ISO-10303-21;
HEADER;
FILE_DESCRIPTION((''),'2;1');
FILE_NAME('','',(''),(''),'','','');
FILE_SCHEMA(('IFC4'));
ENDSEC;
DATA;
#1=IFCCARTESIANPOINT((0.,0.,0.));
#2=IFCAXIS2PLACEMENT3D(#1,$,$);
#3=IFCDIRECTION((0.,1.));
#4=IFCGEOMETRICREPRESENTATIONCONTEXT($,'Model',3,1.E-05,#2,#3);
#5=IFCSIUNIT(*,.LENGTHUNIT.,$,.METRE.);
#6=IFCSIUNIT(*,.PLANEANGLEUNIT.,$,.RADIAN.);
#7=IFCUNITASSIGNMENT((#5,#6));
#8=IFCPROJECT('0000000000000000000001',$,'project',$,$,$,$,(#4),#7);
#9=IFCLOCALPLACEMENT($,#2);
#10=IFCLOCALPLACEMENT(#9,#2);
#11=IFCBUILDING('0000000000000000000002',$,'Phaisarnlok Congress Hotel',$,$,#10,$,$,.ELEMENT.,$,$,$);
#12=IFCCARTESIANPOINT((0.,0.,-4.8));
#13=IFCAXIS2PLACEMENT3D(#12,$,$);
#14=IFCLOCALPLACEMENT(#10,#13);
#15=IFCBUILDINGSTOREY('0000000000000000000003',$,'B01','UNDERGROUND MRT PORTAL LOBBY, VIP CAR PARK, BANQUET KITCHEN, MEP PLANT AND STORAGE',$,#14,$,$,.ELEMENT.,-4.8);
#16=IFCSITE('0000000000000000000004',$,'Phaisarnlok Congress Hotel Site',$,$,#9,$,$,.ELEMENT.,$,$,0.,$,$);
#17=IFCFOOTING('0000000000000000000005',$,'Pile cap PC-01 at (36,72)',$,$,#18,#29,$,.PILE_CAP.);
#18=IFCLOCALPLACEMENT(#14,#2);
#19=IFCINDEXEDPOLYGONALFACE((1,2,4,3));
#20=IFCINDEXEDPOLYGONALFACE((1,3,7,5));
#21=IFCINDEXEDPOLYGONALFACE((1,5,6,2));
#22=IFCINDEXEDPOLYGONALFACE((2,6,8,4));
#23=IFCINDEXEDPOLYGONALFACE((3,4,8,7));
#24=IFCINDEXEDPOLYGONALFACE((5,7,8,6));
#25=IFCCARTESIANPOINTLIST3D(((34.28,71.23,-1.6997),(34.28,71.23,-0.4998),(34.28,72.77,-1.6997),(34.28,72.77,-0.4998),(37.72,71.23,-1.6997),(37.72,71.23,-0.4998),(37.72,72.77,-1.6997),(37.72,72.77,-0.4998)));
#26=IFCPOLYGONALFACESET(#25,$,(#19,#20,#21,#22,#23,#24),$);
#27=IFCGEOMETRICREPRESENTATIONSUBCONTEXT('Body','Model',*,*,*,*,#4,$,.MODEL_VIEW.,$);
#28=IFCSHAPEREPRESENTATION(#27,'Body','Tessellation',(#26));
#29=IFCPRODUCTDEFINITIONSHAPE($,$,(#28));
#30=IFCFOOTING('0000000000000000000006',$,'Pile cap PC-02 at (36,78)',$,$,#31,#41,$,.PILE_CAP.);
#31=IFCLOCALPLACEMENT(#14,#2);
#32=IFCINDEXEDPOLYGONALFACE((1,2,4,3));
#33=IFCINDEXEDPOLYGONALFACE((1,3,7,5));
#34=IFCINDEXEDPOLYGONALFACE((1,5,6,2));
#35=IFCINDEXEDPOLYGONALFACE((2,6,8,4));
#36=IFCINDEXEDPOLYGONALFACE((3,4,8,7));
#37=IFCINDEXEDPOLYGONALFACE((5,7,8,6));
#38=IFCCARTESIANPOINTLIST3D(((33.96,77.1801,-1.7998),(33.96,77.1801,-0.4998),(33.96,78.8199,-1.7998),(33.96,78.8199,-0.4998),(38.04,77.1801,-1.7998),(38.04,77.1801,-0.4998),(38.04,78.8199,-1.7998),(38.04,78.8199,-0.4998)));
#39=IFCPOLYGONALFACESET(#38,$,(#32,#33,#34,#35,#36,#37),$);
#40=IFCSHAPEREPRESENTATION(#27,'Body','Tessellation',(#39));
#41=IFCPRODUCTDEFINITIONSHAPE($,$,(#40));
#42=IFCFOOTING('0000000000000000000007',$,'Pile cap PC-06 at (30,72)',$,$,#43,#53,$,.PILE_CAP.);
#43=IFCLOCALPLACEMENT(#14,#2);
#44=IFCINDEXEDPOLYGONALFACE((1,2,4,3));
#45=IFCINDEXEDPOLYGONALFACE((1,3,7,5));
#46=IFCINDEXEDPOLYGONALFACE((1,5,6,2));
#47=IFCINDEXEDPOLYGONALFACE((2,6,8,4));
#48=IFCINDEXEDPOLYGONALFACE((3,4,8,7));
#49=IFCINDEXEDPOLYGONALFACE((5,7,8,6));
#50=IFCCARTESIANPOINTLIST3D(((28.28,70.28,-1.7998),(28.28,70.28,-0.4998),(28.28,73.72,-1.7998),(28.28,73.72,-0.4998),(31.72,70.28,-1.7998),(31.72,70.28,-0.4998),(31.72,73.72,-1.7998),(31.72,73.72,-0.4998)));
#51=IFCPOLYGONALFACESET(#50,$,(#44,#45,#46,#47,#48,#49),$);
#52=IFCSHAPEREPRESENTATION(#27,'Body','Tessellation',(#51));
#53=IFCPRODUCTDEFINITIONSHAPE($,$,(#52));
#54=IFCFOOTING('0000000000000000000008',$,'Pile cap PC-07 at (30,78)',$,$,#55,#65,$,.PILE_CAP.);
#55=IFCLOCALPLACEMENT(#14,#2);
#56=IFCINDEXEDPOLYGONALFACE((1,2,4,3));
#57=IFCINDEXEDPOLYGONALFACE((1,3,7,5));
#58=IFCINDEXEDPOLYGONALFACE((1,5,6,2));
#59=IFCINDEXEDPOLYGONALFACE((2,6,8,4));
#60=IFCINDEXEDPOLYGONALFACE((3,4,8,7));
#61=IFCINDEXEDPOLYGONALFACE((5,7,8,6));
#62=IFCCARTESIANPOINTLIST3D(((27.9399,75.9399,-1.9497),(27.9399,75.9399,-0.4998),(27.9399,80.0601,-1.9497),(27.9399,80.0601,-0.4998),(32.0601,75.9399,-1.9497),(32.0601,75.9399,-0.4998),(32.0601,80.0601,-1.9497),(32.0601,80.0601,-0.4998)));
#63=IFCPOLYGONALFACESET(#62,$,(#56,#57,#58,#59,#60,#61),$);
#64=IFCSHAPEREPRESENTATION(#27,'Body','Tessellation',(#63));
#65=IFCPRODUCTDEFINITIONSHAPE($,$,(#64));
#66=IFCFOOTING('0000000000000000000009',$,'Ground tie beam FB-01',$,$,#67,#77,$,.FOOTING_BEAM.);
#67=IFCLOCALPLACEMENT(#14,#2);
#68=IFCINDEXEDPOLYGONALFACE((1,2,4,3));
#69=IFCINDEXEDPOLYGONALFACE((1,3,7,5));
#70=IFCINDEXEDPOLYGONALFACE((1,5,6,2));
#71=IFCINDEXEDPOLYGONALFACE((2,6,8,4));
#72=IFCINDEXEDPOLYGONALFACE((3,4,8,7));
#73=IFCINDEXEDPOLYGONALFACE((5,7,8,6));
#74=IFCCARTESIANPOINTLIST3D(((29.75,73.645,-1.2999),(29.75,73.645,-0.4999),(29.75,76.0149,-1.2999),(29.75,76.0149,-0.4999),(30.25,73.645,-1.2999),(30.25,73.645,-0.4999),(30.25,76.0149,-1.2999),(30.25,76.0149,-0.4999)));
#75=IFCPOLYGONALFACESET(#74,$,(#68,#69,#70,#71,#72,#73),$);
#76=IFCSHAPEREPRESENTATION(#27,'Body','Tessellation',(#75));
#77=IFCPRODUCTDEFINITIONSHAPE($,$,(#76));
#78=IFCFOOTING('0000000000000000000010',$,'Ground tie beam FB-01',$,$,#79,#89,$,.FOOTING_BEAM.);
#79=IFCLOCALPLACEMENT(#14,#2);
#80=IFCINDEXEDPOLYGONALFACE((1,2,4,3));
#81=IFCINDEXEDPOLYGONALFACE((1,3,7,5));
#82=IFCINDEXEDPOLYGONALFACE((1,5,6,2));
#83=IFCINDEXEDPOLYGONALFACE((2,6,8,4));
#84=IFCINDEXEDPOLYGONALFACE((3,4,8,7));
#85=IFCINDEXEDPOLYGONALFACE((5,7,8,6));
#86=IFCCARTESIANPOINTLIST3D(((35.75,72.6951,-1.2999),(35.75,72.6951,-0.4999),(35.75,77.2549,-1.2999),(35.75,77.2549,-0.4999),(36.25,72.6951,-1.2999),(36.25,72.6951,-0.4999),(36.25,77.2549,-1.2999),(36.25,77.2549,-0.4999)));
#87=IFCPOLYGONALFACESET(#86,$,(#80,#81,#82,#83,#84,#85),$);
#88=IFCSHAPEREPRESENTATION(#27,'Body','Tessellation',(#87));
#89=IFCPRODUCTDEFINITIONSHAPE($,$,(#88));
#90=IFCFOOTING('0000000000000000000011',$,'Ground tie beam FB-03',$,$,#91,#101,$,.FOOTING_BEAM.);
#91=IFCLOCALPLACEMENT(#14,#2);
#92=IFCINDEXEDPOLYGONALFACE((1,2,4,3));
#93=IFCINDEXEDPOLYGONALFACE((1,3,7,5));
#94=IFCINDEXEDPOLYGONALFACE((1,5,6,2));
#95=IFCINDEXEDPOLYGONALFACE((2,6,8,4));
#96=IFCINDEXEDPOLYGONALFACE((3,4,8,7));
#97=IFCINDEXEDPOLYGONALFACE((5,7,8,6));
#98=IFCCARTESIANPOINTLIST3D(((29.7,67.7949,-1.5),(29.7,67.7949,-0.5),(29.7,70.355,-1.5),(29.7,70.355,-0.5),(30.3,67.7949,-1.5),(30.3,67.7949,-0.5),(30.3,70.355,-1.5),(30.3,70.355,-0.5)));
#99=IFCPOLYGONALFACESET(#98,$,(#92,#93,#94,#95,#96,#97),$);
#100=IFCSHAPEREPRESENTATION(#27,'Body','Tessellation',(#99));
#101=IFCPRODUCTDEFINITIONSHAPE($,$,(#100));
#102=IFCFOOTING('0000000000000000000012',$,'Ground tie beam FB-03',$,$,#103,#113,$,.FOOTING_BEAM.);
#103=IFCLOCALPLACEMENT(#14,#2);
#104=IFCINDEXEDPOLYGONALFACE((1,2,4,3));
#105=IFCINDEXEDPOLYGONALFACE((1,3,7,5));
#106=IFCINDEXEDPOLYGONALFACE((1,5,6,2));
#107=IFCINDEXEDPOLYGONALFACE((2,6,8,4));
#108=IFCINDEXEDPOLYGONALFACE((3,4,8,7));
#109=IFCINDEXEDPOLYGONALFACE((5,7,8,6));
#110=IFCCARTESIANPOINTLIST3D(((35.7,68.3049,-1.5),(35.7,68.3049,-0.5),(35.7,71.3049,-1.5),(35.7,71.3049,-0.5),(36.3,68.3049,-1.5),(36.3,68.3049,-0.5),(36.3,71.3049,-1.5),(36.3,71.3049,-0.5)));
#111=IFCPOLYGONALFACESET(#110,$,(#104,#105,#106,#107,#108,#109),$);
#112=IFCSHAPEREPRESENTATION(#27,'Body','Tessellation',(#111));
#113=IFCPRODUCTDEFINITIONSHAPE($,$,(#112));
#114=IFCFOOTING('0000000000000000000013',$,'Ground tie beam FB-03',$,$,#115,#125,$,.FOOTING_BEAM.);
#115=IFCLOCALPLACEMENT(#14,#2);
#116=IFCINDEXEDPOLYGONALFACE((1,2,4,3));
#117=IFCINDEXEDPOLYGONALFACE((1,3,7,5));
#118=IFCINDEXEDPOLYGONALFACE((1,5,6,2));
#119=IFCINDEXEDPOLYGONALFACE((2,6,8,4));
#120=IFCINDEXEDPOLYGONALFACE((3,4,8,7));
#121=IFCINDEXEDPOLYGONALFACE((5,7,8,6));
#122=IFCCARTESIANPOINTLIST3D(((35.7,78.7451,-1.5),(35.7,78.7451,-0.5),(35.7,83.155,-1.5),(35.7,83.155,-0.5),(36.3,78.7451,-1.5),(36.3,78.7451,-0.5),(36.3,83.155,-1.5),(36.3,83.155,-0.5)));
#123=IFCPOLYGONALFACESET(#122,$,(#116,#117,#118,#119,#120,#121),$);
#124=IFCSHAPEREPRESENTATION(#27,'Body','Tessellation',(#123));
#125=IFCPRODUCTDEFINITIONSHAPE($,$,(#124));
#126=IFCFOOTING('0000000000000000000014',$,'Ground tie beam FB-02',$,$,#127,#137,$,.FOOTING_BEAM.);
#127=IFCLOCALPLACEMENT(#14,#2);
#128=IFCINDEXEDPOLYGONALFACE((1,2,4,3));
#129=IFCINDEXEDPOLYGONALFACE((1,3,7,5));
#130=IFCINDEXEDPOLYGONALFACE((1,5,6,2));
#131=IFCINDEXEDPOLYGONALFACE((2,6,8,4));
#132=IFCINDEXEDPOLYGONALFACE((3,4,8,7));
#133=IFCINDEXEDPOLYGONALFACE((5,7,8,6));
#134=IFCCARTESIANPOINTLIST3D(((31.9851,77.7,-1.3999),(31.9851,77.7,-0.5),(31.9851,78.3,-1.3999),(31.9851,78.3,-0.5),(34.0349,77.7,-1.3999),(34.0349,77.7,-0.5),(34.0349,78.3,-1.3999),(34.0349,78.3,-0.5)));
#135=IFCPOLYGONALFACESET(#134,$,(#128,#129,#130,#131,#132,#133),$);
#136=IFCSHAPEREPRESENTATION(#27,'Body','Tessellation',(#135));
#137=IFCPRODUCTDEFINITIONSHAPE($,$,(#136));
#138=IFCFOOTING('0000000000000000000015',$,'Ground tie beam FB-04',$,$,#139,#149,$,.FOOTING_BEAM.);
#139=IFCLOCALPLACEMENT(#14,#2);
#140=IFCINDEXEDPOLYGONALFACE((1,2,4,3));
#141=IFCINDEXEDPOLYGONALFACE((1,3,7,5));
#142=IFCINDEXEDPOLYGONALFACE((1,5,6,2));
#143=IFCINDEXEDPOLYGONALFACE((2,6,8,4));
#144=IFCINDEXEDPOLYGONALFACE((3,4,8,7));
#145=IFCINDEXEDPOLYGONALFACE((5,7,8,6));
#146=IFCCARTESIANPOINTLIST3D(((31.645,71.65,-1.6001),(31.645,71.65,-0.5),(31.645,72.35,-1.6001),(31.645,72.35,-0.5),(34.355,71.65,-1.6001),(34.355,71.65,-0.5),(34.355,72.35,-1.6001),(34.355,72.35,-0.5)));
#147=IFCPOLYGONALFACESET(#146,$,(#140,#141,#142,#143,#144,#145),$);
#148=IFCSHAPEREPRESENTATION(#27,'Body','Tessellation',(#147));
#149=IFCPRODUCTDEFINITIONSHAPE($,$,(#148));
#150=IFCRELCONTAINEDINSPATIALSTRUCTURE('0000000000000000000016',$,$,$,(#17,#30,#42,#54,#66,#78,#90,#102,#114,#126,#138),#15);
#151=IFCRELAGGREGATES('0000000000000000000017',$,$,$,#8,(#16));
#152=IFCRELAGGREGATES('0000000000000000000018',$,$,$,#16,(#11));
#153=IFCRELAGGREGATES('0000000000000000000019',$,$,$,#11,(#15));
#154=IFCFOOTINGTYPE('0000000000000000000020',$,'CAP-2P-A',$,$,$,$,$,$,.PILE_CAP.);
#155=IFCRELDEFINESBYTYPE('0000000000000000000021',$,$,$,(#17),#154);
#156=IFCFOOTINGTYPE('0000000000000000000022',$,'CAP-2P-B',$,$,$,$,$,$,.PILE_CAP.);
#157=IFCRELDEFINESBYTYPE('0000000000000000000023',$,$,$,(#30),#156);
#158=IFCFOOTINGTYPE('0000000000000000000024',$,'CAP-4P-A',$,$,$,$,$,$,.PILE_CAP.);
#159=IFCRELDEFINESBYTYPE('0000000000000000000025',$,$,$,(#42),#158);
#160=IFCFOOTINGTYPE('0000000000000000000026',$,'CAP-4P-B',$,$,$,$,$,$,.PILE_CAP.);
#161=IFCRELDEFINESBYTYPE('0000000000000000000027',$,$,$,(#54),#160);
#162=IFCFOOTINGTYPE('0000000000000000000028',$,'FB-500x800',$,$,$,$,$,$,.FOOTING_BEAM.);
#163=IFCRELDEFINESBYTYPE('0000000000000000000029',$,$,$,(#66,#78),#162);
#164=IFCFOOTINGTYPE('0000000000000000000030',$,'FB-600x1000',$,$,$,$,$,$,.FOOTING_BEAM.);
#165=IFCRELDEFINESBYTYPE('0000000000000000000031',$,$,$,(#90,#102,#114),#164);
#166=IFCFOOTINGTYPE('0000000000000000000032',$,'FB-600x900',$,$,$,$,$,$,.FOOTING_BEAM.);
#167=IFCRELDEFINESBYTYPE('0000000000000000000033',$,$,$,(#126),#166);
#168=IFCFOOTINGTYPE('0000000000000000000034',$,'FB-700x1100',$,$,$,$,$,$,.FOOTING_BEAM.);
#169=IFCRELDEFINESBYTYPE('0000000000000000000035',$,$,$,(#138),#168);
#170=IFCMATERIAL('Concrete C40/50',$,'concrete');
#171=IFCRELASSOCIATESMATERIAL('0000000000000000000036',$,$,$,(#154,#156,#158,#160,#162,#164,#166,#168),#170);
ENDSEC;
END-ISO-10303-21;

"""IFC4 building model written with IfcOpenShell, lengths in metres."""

from ifc_helpers import new_model, si_unit, direction, frame, origin, origin_2d, place, context, subcontext, project, spatial, rectangle, extrude, material, material_profile, profile_set, type_object, element, save


model = new_model("IFC4")

# Units and contexts
model_context = context("Model", 3, precision=1e-05, world=origin(), true_north=direction((0.0, 1.0)))
body_context = subcontext(model_context, "Body", "Model", "MODEL_VIEW")
ifc_project = project(units=[si_unit("LENGTHUNIT", "METRE"), si_unit("PLANEANGLEUNIT", "RADIAN")], contexts=[model_context])

# Site, building, storey
site_placement = place(None, origin())
site = spatial("IfcSite", under=ifc_project, at=site_placement, Name="Phaisarnlok Congress Hotel Site", CompositionType="ELEMENT", RefElevation=0.0)
building_placement = place(site_placement, origin())
building = spatial("IfcBuilding", under=site, at=building_placement, Name="Phaisarnlok Congress Hotel", CompositionType="ELEMENT")
storey_placement = place(building_placement, frame((0.0, 0.0, -4.8)))
storey = spatial("IfcBuildingStorey", under=building, at=storey_placement, Name="B01", Description="UNDERGROUND MRT PORTAL LOBBY, VIP CAR PARK, BANQUET KITCHEN, MEP PLANT AND STORAGE", CompositionType="ELEMENT", Elevation=-4.8)

# Footings
ifc_material_1 = material(Name="Concrete C40/50", Category="concrete")
footing_type_1 = type_object("IfcFootingType", Name="CAP-2P-A", PredefinedType="PILE_CAP", material=ifc_material_1)
footing_1_placement = place(storey_placement, frame((36.0, 72.0, -1.6997), z_axis=(0.0, 0.0, 1.0), x_axis=(1.0, 0.0, 0.0)))
element("IfcFooting", 1, at=footing_1_placement, inside=storey, type_object=footing_type_1, Name="Pile cap PC-01 at (36,72)", PredefinedType="PILE_CAP", context=body_context, shape_type="SweptSolid", body=[
    extrude(rectangle(XDim=3.4399, YDim=1.54, at=origin_2d()), origin(), (0.0, 0.0, 1.0), 1.2),
])
footing_type_2 = type_object("IfcFootingType", Name="CAP-2P-B", PredefinedType="PILE_CAP", material=ifc_material_1)
footing_2_placement = place(storey_placement, frame((36.0, 78.0, -1.7998), z_axis=(0.0, 0.0, 1.0), x_axis=(1.0, 0.0, 0.0)))
element("IfcFooting", 2, at=footing_2_placement, inside=storey, type_object=footing_type_2, Name="Pile cap PC-02 at (36,78)", PredefinedType="PILE_CAP", context=body_context, shape_type="SweptSolid", body=[
    extrude(rectangle(XDim=4.0801, YDim=1.6399, at=origin_2d()), origin(), (0.0, 0.0, 1.0), 1.3),
])
footing_type_3 = type_object("IfcFootingType", Name="CAP-4P-A", PredefinedType="PILE_CAP", material=ifc_material_1)
footing_3_placement = place(storey_placement, frame((30.0, 72.0, -1.7998), z_axis=(0.0, 0.0, 1.0), x_axis=(1.0, 0.0, 0.0)))
element("IfcFooting", 3, at=footing_3_placement, inside=storey, type_object=footing_type_3, Name="Pile cap PC-06 at (30,72)", PredefinedType="PILE_CAP", context=body_context, shape_type="SweptSolid", body=[
    extrude(rectangle(XDim=3.4399, YDim=3.4399, at=origin_2d()), origin(), (0.0, 0.0, 1.0), 1.3),
])
footing_type_4 = type_object("IfcFootingType", Name="CAP-4P-B", PredefinedType="PILE_CAP", material=ifc_material_1)
footing_4_placement = place(storey_placement, frame((30.0, 78.0, -1.9497), z_axis=(0.0, 0.0, 1.0), x_axis=(1.0, 0.0, 0.0)))
element("IfcFooting", 4, at=footing_4_placement, inside=storey, type_object=footing_type_4, Name="Pile cap PC-07 at (30,78)", PredefinedType="PILE_CAP", context=body_context, shape_type="SweptSolid", body=[
    extrude(rectangle(XDim=4.1201, YDim=4.1201, at=origin_2d()), origin(), (0.0, 0.0, 1.0), 1.45),
])
ifc_material_profile_1 = material_profile(ifc_material_1, rectangle(XDim=0.5, YDim=0.8, at=origin_2d()), Name="FB-500x800")
ifc_profile_set_1 = profile_set([ifc_material_profile_1], Name="Concrete C40/50")
footing_type_5 = type_object("IfcFootingType", Name="FB-500x800", PredefinedType="FOOTING_BEAM", material=ifc_profile_set_1)
footing_5_placement = place(storey_placement, frame((30.0, 73.645, -0.8999), z_axis=(0.0, 1.0, 0.0), x_axis=(-1.0, 0.0, 0.0)))
element("IfcFooting", 5, at=footing_5_placement, inside=storey, type_object=footing_type_5, Name="Ground tie beam FB-01", PredefinedType="FOOTING_BEAM", context=body_context, shape_type="SweptSolid", body=[
    extrude(rectangle(XDim=0.5, YDim=0.8, at=origin_2d()), origin(), (0.0, 0.0, 1.0), 2.3699),
])
footing_6_placement = place(storey_placement, frame((36.0, 72.6951, -0.8999), z_axis=(0.0, 1.0, 0.0), x_axis=(-1.0, 0.0, 0.0)))
element("IfcFooting", 6, at=footing_6_placement, inside=storey, type_object=footing_type_5, Name="Ground tie beam FB-01", PredefinedType="FOOTING_BEAM", context=body_context, shape_type="SweptSolid", body=[
    extrude(rectangle(XDim=0.5, YDim=0.8, at=origin_2d()), origin(), (0.0, 0.0, 1.0), 4.5598),
])
ifc_material_profile_2 = material_profile(ifc_material_1, rectangle(XDim=0.6001, YDim=1.0, at=origin_2d()), Name="FB-600x1000")
ifc_profile_set_2 = profile_set([ifc_material_profile_2], Name="Concrete C40/50")
footing_type_6 = type_object("IfcFootingType", Name="FB-600x1000", PredefinedType="FOOTING_BEAM", material=ifc_profile_set_2)
footing_7_placement = place(storey_placement, frame((30.0, 67.7949, -1.0), z_axis=(0.0, 1.0, 0.0), x_axis=(-1.0, 0.0, 0.0)))
element("IfcFooting", 7, at=footing_7_placement, inside=storey, type_object=footing_type_6, Name="Ground tie beam FB-03", PredefinedType="FOOTING_BEAM", context=body_context, shape_type="SweptSolid", body=[
    extrude(rectangle(XDim=0.6001, YDim=1.0, at=origin_2d()), origin(), (0.0, 0.0, 1.0), 2.5601),
])
footing_8_placement = place(storey_placement, frame((36.0, 68.3049, -1.0), z_axis=(0.0, 1.0, 0.0), x_axis=(-1.0, 0.0, 0.0)))
element("IfcFooting", 8, at=footing_8_placement, inside=storey, type_object=footing_type_6, Name="Ground tie beam FB-03", PredefinedType="FOOTING_BEAM", context=body_context, shape_type="SweptSolid", body=[
    extrude(rectangle(XDim=0.6001, YDim=1.0, at=origin_2d()), origin(), (0.0, 0.0, 1.0), 3.0),
])
footing_9_placement = place(storey_placement, frame((36.0, 78.7451, -1.0), z_axis=(0.0, 1.0, 0.0), x_axis=(-1.0, 0.0, 0.0)))
element("IfcFooting", 9, at=footing_9_placement, inside=storey, type_object=footing_type_6, Name="Ground tie beam FB-03", PredefinedType="FOOTING_BEAM", context=body_context, shape_type="SweptSolid", body=[
    extrude(rectangle(XDim=0.6001, YDim=1.0, at=origin_2d()), origin(), (0.0, 0.0, 1.0), 4.4099),
])
ifc_material_profile_3 = material_profile(ifc_material_1, rectangle(XDim=0.6001, YDim=0.8999, at=origin_2d()), Name="FB-600x900")
ifc_profile_set_3 = profile_set([ifc_material_profile_3], Name="Concrete C40/50")
footing_type_7 = type_object("IfcFootingType", Name="FB-600x900", PredefinedType="FOOTING_BEAM", material=ifc_profile_set_3)
footing_10_placement = place(storey_placement, frame((31.9851, 78.0, -0.95), z_axis=(1.0, 0.0, 0.0), x_axis=(0.0, 1.0, 0.0)))
element("IfcFooting", 10, at=footing_10_placement, inside=storey, type_object=footing_type_7, Name="Ground tie beam FB-02", PredefinedType="FOOTING_BEAM", context=body_context, shape_type="SweptSolid", body=[
    extrude(rectangle(XDim=0.6001, YDim=0.8999, at=origin_2d()), origin(), (0.0, 0.0, 1.0), 2.0498),
])
ifc_material_profile_4 = material_profile(ifc_material_1, rectangle(XDim=0.7, YDim=1.1001, at=origin_2d()), Name="FB-700x1100")
ifc_profile_set_4 = profile_set([ifc_material_profile_4], Name="Concrete C40/50")
footing_type_8 = type_object("IfcFootingType", Name="FB-700x1100", PredefinedType="FOOTING_BEAM", material=ifc_profile_set_4)
footing_11_placement = place(storey_placement, frame((31.645, 72.0, -1.05), z_axis=(1.0, 0.0, 0.0), x_axis=(0.0, 1.0, 0.0)))
element("IfcFooting", 11, at=footing_11_placement, inside=storey, type_object=footing_type_8, Name="Ground tie beam FB-04", PredefinedType="FOOTING_BEAM", context=body_context, shape_type="SweptSolid", body=[
    extrude(rectangle(XDim=0.7, YDim=1.1001, at=origin_2d()), origin(), (0.0, 0.0, 1.0), 2.71),
])

save(model, "model.ifc")
